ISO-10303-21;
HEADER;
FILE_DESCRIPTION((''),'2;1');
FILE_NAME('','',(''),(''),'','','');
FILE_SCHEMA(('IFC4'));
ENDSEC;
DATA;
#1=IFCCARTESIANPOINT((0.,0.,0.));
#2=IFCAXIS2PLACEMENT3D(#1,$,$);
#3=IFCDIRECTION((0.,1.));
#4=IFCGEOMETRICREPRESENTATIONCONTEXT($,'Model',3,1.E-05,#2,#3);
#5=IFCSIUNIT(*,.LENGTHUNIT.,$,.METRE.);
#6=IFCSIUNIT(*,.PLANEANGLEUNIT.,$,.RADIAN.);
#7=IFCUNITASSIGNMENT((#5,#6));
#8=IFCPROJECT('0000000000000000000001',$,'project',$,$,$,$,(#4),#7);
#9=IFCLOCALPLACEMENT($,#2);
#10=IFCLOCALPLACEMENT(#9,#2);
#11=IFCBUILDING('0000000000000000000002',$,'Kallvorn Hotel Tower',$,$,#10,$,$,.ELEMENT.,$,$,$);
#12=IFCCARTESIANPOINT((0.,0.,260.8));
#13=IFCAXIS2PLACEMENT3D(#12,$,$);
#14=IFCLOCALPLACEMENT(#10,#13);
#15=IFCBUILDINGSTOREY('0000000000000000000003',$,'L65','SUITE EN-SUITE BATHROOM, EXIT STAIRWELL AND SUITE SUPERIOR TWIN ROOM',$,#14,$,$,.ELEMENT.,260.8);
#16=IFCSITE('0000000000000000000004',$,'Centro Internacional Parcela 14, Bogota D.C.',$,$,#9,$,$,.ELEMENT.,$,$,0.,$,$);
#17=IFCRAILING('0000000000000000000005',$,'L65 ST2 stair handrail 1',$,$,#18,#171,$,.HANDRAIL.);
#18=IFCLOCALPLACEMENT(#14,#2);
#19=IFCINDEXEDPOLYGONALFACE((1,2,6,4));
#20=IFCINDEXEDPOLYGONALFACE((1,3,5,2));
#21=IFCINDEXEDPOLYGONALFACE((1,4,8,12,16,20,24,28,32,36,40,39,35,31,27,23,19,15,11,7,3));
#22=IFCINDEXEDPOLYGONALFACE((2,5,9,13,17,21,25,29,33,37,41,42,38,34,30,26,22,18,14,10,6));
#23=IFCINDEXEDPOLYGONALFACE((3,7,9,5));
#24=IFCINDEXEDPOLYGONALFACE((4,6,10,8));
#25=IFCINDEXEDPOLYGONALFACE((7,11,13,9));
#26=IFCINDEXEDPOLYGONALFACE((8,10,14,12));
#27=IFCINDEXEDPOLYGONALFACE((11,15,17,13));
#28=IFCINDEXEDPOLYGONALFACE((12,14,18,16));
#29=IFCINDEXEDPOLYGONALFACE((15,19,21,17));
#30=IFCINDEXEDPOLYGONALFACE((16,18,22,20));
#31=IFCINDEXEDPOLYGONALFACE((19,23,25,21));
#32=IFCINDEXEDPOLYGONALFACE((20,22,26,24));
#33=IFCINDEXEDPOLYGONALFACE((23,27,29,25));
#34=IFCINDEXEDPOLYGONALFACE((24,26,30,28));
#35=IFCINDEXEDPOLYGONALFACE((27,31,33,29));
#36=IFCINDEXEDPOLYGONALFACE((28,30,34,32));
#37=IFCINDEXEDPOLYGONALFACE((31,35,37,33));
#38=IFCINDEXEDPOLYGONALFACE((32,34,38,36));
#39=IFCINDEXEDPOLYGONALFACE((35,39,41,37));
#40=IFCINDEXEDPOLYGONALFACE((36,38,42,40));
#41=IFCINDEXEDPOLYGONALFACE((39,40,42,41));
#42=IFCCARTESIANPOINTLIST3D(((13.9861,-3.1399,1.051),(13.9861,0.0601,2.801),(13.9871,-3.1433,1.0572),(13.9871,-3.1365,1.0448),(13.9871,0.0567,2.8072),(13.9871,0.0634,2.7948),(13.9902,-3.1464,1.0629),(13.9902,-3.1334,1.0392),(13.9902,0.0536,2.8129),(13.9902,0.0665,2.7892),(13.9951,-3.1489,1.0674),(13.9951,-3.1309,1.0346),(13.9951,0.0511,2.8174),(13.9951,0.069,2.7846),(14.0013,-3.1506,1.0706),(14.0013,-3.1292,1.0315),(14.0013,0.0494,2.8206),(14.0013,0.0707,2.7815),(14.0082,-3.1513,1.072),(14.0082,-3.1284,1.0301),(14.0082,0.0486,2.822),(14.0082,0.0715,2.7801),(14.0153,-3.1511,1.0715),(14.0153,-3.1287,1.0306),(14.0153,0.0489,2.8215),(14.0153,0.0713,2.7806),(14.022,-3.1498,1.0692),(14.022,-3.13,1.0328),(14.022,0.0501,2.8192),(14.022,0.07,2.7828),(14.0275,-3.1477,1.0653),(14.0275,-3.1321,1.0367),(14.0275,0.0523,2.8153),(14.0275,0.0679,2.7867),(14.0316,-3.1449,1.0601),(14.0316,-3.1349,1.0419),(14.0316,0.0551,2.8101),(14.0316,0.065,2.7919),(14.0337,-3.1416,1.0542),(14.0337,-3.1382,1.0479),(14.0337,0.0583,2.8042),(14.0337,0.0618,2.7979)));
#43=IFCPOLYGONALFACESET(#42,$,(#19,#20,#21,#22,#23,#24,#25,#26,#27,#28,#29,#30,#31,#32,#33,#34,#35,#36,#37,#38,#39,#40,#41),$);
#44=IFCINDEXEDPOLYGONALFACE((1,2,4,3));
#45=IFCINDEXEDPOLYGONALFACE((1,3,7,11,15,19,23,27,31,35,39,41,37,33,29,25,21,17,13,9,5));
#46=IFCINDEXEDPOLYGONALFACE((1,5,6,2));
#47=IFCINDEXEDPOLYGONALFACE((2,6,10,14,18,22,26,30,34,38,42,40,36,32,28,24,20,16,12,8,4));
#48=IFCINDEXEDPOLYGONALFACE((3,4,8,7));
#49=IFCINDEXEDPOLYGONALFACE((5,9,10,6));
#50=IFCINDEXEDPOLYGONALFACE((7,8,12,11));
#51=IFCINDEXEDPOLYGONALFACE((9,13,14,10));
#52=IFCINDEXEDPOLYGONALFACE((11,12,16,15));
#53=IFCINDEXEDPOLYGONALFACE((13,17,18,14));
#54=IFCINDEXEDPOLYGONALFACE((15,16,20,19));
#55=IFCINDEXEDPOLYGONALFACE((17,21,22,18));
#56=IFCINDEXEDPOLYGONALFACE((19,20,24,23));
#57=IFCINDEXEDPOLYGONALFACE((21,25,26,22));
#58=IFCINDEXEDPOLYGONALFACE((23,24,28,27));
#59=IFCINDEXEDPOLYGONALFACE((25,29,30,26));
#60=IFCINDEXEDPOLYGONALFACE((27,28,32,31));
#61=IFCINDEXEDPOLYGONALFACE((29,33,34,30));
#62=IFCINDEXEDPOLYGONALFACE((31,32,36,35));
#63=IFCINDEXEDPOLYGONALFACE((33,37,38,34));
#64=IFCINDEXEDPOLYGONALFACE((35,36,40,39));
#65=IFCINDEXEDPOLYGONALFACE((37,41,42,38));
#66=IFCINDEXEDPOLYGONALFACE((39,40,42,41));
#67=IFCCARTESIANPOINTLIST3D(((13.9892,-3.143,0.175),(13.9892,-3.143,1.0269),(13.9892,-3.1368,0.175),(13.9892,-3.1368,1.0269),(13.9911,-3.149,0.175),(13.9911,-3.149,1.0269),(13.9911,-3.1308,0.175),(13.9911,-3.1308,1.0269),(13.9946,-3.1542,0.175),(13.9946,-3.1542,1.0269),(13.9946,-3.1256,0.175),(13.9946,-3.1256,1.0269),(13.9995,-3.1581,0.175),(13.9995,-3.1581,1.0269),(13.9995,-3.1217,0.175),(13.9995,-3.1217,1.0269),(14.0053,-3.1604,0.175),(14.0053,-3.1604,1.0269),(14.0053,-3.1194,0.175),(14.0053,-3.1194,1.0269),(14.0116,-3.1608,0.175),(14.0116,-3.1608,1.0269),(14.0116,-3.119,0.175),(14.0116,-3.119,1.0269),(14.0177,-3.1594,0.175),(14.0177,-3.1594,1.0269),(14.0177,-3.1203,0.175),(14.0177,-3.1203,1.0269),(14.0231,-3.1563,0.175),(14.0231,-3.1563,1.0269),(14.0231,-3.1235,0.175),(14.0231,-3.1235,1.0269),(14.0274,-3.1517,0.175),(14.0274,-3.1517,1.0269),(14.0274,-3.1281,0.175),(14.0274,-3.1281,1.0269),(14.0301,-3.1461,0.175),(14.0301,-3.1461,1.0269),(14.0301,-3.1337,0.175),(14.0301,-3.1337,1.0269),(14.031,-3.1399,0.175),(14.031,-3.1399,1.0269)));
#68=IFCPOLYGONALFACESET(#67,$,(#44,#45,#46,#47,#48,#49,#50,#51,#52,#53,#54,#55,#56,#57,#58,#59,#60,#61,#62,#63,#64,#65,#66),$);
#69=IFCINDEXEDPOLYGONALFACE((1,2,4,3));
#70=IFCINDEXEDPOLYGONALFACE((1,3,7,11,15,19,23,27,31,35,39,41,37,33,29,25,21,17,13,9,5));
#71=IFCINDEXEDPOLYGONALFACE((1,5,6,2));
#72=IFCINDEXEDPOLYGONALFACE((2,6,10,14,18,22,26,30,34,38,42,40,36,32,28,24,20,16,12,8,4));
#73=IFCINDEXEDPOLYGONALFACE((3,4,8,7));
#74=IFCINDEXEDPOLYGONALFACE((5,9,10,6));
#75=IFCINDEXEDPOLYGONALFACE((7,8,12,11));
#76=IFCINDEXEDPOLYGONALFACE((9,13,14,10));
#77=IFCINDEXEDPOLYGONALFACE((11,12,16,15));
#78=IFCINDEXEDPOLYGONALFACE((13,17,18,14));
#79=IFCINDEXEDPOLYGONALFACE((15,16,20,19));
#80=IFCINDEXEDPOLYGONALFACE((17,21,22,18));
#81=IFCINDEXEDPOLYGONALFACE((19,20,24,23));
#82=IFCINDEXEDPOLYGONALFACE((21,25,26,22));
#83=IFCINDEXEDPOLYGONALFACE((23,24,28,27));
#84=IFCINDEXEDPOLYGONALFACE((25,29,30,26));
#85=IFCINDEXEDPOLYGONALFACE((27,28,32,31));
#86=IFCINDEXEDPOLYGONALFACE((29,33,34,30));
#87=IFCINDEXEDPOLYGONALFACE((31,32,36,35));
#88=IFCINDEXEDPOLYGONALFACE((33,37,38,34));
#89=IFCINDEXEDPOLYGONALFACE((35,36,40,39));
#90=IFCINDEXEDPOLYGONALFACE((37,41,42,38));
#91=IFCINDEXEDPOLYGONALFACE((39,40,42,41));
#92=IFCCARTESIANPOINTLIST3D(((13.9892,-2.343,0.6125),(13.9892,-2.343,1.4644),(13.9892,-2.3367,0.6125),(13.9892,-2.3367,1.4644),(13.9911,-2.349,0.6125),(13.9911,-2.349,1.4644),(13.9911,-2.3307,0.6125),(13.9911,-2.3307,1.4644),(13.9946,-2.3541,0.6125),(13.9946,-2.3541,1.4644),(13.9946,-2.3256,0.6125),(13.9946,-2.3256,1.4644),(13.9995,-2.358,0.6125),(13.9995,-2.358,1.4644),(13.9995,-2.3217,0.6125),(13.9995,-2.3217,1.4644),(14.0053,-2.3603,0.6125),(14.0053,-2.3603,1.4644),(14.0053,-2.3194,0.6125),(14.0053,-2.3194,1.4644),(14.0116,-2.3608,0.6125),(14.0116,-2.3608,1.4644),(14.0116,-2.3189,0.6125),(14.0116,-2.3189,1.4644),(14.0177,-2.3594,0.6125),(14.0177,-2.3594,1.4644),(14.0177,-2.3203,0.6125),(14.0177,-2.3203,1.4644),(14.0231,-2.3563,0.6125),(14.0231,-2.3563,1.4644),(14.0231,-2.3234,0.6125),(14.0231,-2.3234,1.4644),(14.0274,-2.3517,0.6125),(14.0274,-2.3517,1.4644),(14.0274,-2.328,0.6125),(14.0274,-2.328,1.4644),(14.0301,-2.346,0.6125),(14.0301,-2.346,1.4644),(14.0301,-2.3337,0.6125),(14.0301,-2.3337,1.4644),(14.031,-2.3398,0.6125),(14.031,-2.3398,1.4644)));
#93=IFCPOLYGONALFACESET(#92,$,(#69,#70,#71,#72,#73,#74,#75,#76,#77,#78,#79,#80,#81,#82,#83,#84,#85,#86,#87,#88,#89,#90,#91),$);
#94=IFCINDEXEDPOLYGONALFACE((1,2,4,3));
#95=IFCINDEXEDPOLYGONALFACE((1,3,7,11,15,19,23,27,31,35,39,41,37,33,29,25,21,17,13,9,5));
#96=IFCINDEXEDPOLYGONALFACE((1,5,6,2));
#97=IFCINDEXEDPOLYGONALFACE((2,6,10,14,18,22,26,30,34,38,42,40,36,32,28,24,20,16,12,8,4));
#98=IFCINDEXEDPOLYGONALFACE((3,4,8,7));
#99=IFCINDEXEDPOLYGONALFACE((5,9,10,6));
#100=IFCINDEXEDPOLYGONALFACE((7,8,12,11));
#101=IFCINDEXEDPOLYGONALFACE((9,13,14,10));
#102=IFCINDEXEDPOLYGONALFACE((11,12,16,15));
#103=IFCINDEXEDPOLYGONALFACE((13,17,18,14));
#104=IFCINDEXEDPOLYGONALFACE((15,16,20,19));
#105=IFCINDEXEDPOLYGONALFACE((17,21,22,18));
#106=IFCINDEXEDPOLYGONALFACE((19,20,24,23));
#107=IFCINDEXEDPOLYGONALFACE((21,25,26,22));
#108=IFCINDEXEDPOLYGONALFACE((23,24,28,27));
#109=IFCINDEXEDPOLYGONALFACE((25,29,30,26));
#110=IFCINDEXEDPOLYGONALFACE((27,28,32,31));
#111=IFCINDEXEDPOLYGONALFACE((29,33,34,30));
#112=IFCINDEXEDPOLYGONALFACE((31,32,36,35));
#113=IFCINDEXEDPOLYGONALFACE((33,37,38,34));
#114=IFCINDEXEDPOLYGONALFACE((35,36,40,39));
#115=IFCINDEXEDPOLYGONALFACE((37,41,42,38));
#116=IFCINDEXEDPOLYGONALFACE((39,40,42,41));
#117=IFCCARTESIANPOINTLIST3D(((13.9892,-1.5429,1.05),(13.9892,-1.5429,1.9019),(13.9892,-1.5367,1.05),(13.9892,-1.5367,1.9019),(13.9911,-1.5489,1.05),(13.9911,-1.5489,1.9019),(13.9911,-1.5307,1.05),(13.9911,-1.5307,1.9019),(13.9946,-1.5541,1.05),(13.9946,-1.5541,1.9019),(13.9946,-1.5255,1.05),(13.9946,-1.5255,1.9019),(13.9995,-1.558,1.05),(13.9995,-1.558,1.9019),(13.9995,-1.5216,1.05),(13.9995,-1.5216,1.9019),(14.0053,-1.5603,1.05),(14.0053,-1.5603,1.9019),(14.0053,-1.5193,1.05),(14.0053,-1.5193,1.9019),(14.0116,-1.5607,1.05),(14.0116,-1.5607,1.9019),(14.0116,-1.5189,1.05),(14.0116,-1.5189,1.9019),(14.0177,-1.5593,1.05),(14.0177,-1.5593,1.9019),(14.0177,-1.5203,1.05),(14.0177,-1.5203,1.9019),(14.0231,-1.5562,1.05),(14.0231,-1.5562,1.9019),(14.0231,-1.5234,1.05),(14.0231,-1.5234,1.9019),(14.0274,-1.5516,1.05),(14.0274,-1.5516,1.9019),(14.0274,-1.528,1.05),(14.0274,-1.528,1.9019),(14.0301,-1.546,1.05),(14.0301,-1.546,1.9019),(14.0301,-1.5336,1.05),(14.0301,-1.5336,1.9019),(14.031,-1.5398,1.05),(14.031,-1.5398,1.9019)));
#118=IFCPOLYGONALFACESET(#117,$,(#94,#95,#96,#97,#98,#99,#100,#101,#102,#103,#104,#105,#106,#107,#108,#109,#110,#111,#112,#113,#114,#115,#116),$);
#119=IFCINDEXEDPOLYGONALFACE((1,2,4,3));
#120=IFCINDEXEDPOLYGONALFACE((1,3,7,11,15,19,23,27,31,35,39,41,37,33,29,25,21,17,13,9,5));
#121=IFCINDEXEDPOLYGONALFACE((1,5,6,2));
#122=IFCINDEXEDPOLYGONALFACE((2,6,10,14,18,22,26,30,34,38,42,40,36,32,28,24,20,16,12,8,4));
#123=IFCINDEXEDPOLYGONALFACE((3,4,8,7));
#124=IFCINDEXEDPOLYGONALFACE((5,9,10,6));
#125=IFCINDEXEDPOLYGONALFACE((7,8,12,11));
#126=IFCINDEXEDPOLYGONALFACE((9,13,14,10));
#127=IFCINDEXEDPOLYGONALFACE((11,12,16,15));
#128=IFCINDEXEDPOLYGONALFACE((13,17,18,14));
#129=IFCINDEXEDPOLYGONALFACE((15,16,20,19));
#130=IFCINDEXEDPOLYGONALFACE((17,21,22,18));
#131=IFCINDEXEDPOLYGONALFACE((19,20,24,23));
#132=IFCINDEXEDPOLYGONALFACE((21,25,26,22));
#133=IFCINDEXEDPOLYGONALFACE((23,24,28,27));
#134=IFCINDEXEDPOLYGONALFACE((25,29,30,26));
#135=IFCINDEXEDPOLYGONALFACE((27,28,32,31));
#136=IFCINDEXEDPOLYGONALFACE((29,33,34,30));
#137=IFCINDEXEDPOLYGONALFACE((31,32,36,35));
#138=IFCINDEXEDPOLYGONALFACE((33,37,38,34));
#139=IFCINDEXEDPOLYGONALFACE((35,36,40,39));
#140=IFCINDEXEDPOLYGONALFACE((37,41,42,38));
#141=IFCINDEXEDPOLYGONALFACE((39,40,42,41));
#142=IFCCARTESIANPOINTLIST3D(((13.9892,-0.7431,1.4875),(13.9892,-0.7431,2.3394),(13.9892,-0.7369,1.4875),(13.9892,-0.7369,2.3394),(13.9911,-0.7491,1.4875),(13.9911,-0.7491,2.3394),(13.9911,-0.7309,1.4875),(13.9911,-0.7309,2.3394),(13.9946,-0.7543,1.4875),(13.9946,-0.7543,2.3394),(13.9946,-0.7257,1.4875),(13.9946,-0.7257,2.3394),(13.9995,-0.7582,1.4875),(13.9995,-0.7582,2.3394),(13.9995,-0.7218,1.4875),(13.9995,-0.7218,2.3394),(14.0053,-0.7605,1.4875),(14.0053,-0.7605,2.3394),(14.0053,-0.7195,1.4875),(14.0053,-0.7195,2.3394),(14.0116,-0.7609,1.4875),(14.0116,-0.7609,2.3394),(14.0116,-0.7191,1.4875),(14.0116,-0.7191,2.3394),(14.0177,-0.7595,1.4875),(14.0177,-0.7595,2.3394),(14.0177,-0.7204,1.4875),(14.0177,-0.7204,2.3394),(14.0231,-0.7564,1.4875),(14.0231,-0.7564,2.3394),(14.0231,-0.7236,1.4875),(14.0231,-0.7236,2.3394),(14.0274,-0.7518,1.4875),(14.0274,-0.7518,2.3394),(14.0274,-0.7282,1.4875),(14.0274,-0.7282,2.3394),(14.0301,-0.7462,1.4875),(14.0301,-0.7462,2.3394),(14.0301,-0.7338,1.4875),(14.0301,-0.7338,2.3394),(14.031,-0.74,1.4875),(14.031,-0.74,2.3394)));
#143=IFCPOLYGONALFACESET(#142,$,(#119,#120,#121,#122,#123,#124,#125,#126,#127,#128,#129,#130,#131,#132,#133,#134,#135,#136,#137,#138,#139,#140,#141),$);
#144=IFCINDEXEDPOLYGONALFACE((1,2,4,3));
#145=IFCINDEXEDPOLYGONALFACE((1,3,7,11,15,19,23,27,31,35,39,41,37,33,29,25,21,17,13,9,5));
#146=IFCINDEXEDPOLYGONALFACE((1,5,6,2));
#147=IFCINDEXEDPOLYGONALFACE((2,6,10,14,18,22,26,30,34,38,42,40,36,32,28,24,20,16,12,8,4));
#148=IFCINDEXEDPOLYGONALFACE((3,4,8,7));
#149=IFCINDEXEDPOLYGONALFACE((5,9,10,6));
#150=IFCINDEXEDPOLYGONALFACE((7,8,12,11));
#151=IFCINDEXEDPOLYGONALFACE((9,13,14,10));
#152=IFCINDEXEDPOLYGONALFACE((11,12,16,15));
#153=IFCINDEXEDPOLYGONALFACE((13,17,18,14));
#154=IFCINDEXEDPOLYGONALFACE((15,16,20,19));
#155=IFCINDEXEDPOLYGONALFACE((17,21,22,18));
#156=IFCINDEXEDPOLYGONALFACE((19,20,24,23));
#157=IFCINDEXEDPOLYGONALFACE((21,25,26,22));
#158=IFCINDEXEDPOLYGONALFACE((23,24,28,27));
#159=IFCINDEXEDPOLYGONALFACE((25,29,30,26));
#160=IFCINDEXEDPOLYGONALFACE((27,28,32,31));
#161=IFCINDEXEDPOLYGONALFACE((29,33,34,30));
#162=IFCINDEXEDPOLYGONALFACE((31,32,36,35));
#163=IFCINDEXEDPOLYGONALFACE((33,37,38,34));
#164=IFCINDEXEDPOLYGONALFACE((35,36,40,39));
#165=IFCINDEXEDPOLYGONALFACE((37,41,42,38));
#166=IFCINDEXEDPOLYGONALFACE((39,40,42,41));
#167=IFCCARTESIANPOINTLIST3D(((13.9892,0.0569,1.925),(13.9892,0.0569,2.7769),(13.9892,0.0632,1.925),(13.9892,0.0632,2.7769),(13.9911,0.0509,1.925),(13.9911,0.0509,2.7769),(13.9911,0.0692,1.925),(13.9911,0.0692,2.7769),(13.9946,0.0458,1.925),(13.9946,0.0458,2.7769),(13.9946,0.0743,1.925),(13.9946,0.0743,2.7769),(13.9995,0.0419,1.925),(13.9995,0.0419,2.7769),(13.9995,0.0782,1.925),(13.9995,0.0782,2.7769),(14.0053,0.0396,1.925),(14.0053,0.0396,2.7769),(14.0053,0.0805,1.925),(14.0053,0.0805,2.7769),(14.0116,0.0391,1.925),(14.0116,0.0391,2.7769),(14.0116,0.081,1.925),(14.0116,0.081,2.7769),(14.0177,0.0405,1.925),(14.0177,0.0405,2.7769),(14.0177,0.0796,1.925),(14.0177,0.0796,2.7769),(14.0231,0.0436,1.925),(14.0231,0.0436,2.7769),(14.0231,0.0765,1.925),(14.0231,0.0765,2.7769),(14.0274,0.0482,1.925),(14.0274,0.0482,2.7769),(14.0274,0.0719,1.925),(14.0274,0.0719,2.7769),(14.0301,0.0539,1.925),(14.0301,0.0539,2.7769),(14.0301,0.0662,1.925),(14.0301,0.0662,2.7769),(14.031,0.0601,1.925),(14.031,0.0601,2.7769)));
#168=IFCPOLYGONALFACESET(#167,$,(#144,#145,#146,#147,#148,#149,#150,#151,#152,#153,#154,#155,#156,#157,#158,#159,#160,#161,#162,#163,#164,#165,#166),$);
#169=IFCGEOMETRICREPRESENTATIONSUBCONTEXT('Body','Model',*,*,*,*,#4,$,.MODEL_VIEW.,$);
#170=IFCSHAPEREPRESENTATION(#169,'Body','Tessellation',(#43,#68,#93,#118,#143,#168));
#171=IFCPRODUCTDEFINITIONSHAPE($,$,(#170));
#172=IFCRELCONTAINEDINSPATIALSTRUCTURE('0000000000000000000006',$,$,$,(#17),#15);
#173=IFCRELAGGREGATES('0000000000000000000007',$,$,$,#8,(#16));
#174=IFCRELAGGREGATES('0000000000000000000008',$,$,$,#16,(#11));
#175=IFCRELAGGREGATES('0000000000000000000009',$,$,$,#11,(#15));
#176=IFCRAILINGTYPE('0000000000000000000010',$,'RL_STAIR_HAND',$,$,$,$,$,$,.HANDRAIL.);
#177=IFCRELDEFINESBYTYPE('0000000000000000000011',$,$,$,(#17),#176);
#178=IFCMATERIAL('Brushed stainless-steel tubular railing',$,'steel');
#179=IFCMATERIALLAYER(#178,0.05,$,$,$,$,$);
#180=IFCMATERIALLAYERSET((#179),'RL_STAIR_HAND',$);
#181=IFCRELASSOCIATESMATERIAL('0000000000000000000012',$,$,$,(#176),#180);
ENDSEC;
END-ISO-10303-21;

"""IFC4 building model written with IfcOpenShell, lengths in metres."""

from ifc_helpers import new_model, si_unit, direction, frame, origin, origin_2d, place, context, subcontext, project, spatial, circle, extrude, material, layer, layer_set, type_object, element, save


model = new_model("IFC4")

# Units and contexts
model_context = context("Model", 3, precision=1e-05, world=origin(), true_north=direction((0.0, 1.0)))
body_context = subcontext(model_context, "Body", "Model", "MODEL_VIEW")
ifc_project = project(units=[si_unit("LENGTHUNIT", "METRE"), si_unit("PLANEANGLEUNIT", "RADIAN")], contexts=[model_context])

# Site, building, storey
site_placement = place(None, origin())
site = spatial("IfcSite", under=ifc_project, at=site_placement, Name="Centro Internacional Parcela 14, Bogota D.C.", CompositionType="ELEMENT", RefElevation=0.0)
building_placement = place(site_placement, origin())
building = spatial("IfcBuilding", under=site, at=building_placement, Name="Kallvorn Hotel Tower", CompositionType="ELEMENT")
storey_placement = place(building_placement, frame((0.0, 0.0, 260.8)))
storey = spatial("IfcBuildingStorey", under=building, at=storey_placement, Name="L65", Description="SUITE EN-SUITE BATHROOM, EXIT STAIRWELL AND SUITE SUPERIOR TWIN ROOM", CompositionType="ELEMENT", Elevation=260.8)

# Railing
ifc_material_1 = material(Name="Brushed stainless-steel tubular railing", Category="steel")
ifc_layer_1 = layer(ifc_material_1, 0.05)
ifc_layer_set_1 = layer_set([ifc_layer_1], Name="RL_STAIR_HAND")
railing_type = type_object("IfcRailingType", Name="RL_STAIR_HAND", PredefinedType="HANDRAIL", material=ifc_layer_set_1)
railing_placement = place(storey_placement, frame((14.01, -3.1399, 0.175)))
element("IfcRailing", 1, at=railing_placement, inside=storey, type_object=railing_type, Name="L65 ST2 stair handrail 1", PredefinedType="HANDRAIL", context=body_context, shape_type="SweptSolid", body=[
    extrude(circle(Radius=0.0239, at=origin_2d()), frame((0.0, 0.0, 0.876), z_axis=(0.0, 0.877368, 0.479818), x_axis=(-1.0, 0.0, 0.0)), (0.0, 0.0, 1.0), 3.6472),
    extrude(circle(Radius=0.021, at=origin_2d()), origin(), (0.0, 0.0, 1.0), 0.8518),
    extrude(circle(Radius=0.021, at=origin_2d()), frame((0.0, 0.8, 0.4375)), (0.0, 0.0, 1.0), 0.8518),
    extrude(circle(Radius=0.021, at=origin_2d()), frame((0.0, 1.6001, 0.875)), (0.0, 0.0, 1.0), 0.8518),
    extrude(circle(Radius=0.021, at=origin_2d()), frame((0.0, 2.3999, 1.3125)), (0.0, 0.0, 1.0), 0.8518),
    extrude(circle(Radius=0.021, at=origin_2d()), frame((0.0, 3.2, 1.75)), (0.0, 0.0, 1.0), 0.8518),
])

save(model, "model.ifc")
